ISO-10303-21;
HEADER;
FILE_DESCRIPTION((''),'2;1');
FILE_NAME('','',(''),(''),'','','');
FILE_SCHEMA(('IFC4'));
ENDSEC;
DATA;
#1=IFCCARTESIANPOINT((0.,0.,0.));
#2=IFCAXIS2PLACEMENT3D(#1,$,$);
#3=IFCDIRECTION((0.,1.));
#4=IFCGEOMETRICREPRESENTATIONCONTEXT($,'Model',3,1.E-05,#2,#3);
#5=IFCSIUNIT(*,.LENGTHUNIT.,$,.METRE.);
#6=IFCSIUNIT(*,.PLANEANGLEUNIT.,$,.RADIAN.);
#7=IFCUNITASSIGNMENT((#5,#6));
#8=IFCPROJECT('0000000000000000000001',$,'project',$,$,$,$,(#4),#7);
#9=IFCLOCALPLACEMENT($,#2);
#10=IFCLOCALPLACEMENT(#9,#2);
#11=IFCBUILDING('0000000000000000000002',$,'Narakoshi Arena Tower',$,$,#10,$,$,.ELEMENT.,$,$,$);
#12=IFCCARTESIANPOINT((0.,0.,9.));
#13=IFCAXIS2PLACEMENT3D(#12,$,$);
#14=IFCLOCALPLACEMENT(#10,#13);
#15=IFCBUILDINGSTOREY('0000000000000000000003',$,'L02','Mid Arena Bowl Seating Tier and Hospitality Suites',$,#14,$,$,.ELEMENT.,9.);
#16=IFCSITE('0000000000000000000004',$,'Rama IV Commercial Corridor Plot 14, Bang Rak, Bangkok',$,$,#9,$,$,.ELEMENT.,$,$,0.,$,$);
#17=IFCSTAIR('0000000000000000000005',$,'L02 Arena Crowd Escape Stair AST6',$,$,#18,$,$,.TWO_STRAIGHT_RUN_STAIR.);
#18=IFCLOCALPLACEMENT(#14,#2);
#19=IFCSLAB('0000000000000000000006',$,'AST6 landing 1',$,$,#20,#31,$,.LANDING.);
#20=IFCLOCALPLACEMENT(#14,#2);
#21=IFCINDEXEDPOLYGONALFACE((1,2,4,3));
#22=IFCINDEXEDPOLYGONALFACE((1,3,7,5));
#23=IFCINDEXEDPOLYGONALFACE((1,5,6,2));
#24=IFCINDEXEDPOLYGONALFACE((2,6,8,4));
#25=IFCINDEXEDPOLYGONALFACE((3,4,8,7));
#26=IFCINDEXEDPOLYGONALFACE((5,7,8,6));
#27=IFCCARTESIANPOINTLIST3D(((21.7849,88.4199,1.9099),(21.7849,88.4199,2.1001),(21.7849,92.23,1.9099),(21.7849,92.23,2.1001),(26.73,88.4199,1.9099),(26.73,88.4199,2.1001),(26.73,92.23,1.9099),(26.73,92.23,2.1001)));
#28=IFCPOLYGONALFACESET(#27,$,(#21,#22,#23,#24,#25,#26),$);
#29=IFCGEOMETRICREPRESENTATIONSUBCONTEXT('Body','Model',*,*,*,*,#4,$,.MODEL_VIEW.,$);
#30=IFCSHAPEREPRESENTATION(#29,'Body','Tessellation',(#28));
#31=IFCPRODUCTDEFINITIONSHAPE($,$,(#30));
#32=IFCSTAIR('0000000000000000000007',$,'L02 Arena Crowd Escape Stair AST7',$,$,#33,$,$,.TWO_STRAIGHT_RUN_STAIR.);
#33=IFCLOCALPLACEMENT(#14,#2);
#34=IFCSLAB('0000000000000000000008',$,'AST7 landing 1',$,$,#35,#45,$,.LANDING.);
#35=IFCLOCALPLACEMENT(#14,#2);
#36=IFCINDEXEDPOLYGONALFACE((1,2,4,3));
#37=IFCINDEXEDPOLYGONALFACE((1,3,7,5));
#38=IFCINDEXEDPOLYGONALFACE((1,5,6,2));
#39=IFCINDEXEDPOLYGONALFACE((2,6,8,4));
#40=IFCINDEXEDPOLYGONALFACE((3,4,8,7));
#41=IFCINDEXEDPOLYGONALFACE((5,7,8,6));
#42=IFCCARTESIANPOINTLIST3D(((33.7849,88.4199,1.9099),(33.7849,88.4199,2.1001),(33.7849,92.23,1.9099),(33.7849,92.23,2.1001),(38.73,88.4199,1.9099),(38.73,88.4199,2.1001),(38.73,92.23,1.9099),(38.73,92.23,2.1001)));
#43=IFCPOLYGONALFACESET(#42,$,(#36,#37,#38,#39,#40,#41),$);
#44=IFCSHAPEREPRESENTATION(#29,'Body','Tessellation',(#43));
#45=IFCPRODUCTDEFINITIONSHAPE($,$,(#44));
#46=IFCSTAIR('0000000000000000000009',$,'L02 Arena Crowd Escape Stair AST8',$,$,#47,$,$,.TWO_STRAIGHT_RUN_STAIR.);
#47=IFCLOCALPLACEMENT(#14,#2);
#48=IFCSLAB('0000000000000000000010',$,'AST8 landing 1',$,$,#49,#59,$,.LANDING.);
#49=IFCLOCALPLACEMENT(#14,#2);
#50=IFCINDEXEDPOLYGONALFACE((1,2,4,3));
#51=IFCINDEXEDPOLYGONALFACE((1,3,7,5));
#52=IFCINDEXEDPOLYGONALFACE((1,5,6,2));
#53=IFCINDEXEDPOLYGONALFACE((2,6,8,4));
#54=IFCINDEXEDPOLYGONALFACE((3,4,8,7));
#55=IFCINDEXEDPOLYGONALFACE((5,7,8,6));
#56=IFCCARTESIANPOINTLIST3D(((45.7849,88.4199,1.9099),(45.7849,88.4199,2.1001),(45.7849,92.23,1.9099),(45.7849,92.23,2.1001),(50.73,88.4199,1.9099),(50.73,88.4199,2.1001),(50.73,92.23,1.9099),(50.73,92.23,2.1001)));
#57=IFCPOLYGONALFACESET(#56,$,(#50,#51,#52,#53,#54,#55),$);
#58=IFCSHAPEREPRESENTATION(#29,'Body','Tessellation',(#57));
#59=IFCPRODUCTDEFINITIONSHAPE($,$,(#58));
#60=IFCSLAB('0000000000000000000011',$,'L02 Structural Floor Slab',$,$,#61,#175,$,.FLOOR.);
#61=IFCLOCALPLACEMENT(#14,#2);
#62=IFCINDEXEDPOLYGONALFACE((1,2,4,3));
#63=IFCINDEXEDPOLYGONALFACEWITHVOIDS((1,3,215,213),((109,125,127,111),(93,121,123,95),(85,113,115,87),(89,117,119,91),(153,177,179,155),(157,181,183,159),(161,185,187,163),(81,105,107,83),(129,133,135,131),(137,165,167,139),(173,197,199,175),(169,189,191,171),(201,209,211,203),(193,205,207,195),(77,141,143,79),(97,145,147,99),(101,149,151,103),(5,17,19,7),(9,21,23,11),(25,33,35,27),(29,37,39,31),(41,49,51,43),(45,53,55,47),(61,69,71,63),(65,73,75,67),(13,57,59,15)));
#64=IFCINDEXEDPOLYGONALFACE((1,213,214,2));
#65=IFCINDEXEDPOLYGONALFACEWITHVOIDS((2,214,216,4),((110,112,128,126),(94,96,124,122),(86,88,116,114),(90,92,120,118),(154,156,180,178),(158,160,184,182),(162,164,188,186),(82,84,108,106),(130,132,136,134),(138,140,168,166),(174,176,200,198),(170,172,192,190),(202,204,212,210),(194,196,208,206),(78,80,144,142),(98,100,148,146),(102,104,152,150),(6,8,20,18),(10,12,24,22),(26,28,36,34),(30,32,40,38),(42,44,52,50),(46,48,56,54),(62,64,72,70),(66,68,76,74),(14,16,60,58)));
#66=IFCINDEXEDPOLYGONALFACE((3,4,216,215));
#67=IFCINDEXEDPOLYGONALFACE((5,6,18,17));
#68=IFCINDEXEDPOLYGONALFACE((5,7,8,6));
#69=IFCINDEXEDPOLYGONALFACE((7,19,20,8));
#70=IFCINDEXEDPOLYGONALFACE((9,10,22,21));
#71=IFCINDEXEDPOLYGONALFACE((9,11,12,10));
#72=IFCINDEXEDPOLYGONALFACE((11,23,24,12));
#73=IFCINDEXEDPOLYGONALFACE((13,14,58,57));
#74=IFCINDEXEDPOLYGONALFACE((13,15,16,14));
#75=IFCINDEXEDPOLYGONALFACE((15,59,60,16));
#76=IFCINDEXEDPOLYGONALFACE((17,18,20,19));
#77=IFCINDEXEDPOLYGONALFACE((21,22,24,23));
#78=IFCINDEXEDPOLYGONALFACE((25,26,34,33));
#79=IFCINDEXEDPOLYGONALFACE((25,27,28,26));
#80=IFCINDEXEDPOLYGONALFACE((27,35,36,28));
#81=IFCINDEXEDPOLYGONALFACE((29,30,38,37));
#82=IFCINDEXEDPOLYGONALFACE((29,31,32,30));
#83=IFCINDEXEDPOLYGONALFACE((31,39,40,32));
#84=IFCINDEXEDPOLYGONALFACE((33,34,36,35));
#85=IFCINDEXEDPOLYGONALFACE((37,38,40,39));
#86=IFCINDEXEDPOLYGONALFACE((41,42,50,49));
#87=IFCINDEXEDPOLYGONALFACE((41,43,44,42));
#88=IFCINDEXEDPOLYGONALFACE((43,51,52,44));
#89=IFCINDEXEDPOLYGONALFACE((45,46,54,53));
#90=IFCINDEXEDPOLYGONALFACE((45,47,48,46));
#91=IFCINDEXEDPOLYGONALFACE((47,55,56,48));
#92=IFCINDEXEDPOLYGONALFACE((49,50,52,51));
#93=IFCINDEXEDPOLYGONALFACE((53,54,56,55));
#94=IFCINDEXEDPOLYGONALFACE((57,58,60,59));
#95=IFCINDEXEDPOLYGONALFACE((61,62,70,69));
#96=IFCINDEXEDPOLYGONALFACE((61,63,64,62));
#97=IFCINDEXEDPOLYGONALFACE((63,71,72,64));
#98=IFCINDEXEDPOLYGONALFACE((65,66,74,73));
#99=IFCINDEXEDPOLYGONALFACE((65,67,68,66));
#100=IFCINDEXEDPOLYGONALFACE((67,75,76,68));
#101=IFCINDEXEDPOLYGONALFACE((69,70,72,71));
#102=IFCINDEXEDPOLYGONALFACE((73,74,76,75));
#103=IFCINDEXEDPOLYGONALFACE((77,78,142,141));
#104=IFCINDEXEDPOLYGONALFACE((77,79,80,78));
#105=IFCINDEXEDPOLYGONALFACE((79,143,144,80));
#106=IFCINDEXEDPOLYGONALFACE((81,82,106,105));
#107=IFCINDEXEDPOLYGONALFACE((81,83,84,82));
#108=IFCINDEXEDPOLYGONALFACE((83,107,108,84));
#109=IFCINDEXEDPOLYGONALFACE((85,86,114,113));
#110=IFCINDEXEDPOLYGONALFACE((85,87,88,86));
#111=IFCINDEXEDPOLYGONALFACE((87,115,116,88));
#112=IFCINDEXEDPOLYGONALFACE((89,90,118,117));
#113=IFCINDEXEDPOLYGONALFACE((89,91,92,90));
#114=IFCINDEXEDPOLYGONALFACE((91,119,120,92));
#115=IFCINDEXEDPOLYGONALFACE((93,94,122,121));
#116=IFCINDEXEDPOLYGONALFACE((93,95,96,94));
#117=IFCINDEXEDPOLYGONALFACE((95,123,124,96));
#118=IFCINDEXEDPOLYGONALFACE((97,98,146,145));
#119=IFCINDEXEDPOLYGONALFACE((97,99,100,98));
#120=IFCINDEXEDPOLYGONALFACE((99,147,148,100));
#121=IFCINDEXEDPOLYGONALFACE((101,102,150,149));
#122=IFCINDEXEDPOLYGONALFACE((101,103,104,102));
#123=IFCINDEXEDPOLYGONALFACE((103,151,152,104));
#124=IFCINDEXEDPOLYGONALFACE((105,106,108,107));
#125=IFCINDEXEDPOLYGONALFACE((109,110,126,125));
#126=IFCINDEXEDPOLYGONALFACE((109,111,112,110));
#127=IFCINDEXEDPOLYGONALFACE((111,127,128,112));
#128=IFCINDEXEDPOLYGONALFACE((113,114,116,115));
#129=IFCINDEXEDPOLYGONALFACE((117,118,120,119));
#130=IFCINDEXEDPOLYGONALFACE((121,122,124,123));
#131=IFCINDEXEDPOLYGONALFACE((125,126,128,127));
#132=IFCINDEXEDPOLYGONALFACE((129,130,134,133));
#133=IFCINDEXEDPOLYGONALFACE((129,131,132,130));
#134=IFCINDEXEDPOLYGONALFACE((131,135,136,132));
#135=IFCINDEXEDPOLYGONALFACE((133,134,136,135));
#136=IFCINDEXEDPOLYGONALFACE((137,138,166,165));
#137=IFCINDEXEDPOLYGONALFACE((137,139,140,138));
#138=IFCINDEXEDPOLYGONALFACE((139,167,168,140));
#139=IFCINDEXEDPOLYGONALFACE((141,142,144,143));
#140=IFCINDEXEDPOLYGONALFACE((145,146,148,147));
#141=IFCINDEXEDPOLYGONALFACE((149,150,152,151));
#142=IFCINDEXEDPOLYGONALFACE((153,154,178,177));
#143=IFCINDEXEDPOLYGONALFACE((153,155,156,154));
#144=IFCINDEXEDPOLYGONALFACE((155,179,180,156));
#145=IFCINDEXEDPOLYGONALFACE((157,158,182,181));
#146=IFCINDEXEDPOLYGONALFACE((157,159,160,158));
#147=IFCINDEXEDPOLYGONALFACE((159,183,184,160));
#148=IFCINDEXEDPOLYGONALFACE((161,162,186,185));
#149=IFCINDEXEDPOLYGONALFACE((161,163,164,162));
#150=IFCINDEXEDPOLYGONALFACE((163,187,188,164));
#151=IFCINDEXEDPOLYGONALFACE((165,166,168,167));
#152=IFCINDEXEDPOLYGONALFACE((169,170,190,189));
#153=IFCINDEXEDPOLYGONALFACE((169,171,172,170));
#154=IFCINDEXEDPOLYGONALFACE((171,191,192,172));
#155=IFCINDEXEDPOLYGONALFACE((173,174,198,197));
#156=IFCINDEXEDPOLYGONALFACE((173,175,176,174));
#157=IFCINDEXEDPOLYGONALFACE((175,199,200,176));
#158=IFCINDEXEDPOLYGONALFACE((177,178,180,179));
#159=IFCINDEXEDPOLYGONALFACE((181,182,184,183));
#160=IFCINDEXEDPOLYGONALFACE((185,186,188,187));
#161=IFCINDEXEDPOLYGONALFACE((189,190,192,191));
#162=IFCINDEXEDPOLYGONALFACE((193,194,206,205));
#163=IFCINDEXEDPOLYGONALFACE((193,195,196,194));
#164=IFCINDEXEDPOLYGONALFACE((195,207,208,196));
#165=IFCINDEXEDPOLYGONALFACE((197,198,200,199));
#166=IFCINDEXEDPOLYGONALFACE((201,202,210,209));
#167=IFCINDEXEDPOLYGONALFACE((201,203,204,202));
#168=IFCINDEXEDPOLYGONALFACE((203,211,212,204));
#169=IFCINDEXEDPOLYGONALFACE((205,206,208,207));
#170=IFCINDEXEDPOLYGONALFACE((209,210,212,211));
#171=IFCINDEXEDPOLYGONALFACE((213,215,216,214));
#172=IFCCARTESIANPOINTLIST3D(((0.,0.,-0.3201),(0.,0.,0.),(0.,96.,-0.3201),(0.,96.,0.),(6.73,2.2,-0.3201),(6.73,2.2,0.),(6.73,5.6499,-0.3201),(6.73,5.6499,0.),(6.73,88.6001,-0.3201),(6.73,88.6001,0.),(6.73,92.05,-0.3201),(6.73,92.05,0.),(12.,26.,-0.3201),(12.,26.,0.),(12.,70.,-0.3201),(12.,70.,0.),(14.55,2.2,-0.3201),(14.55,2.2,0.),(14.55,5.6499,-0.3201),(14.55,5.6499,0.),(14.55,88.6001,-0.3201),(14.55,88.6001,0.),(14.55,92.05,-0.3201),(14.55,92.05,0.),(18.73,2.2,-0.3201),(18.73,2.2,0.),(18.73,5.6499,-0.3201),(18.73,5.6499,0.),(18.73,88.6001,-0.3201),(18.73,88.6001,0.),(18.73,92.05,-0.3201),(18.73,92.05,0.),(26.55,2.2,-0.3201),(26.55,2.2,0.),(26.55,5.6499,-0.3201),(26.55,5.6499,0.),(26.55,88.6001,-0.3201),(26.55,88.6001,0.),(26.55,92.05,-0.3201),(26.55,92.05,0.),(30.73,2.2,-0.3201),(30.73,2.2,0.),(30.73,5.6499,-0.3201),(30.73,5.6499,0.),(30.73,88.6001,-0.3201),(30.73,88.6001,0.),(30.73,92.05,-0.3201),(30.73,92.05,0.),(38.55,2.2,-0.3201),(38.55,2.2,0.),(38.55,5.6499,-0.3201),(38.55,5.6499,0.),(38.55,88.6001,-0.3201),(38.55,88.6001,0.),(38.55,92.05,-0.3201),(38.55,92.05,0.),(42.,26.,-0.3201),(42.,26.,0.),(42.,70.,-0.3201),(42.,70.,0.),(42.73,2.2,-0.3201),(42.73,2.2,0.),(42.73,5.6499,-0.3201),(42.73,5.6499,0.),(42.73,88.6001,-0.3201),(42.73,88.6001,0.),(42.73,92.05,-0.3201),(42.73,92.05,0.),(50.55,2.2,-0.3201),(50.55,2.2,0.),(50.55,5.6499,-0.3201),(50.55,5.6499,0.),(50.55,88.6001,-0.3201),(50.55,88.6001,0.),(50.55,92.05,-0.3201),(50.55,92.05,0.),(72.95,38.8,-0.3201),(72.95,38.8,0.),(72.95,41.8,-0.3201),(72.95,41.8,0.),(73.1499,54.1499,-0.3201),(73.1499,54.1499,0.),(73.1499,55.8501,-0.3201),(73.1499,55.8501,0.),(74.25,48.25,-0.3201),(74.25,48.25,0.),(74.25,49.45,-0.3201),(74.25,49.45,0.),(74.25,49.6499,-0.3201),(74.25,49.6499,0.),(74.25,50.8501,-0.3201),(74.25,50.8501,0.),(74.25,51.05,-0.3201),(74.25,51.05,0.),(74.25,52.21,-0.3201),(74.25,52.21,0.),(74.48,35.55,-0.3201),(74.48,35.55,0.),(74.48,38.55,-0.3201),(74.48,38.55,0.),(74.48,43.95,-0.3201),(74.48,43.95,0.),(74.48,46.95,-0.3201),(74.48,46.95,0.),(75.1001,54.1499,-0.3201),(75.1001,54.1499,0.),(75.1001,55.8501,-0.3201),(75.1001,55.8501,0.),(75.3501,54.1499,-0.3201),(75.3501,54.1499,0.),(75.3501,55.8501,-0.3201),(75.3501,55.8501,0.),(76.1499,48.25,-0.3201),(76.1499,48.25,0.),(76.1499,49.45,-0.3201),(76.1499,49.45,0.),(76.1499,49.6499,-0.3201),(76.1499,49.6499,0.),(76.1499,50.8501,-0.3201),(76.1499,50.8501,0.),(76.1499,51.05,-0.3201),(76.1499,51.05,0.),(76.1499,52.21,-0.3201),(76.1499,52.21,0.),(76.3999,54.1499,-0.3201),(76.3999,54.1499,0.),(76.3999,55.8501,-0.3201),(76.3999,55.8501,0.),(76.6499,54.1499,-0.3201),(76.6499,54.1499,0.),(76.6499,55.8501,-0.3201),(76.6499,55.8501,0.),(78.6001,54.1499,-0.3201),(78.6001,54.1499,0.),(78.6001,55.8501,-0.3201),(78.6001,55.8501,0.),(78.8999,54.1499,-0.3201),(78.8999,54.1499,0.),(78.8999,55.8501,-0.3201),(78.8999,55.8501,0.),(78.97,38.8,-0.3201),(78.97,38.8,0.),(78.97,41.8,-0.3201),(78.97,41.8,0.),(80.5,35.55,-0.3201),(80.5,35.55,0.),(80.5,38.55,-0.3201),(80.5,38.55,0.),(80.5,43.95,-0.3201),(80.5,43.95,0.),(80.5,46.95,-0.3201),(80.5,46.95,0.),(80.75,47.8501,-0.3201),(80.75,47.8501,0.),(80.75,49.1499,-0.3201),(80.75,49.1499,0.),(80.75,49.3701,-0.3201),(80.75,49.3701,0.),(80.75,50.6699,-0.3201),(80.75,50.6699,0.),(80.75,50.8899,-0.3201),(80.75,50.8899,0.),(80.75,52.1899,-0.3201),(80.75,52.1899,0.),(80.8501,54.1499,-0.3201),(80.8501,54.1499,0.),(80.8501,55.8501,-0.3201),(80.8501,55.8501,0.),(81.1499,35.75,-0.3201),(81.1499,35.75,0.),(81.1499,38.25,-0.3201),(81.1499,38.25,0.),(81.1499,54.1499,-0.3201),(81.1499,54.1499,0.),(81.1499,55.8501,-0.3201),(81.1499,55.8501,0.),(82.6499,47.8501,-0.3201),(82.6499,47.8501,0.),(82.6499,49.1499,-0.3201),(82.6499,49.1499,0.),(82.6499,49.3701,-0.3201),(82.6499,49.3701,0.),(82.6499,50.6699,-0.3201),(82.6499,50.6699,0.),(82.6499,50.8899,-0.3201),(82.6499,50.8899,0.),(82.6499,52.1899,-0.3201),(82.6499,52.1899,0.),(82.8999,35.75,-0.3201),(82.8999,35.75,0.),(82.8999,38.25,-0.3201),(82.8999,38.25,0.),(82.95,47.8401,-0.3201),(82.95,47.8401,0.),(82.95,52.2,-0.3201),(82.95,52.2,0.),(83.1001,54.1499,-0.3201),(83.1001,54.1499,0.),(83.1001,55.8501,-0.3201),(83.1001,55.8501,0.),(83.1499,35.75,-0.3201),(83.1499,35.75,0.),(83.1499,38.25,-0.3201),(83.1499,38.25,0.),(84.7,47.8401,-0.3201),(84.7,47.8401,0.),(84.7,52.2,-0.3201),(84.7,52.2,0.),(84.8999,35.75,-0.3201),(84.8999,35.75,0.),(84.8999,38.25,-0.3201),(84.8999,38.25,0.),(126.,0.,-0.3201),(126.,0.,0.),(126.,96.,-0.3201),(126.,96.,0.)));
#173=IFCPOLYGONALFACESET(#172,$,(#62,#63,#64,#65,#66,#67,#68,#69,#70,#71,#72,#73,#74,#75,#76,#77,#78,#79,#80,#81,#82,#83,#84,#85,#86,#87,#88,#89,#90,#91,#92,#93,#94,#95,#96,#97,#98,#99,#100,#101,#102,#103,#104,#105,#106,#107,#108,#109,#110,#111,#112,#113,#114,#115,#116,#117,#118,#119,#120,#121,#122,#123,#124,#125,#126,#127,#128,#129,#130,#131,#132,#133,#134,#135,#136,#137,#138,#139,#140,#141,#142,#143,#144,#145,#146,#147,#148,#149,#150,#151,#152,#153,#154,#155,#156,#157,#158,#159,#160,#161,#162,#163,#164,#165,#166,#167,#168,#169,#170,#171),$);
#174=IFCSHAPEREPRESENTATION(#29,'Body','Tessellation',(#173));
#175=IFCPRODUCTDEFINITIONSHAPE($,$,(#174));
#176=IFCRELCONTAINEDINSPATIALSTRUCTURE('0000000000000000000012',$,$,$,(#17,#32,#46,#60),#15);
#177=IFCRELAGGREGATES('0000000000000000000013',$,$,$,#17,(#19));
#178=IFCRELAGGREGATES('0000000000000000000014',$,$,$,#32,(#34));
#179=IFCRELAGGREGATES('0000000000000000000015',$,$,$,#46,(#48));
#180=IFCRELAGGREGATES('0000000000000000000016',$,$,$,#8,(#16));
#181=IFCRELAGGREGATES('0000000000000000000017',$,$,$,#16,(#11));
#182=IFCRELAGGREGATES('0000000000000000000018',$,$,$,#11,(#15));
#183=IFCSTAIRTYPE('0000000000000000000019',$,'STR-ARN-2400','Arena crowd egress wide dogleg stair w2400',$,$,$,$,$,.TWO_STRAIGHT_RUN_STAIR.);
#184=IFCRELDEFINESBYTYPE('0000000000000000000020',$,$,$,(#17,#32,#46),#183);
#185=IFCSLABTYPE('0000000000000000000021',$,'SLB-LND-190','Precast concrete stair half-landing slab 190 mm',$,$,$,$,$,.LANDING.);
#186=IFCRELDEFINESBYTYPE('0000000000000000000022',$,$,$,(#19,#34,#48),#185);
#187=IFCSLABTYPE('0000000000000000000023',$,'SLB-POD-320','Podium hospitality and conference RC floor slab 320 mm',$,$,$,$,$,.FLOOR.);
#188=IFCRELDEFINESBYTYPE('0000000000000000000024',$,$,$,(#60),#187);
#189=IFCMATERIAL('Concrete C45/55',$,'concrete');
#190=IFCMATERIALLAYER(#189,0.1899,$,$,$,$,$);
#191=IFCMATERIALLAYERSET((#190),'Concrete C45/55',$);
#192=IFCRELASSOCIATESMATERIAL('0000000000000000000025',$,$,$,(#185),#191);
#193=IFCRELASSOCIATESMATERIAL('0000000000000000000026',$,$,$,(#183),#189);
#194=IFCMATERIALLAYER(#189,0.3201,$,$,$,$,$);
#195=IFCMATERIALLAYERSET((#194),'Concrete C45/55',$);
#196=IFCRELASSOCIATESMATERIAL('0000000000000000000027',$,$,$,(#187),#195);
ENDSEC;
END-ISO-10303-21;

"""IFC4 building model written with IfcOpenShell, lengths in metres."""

from ifc_helpers import new_model, si_unit, direction, frame, origin, place, context, subcontext, project, spatial, polyline, outline, extrude, material, layer, layer_set, type_object, element, aggregate, save


model = new_model("IFC4")

# Units and contexts
model_context = context("Model", 3, precision=1e-05, world=origin(), true_north=direction((0.0, 1.0)))
body_context = subcontext(model_context, "Body", "Model", "MODEL_VIEW")
ifc_project = project(units=[si_unit("LENGTHUNIT", "METRE"), si_unit("PLANEANGLEUNIT", "RADIAN")], contexts=[model_context])

# Site, building, storey
site_placement = place(None, origin())
site = spatial("IfcSite", under=ifc_project, at=site_placement, Name="Rama IV Commercial Corridor Plot 14, Bang Rak, Bangkok", CompositionType="ELEMENT", RefElevation=0.0)
building_placement = place(site_placement, origin())
building = spatial("IfcBuilding", under=site, at=building_placement, Name="Narakoshi Arena Tower", CompositionType="ELEMENT")
storey_placement = place(building_placement, frame((0.0, 0.0, 9.0)))
storey = spatial("IfcBuildingStorey", under=building, at=storey_placement, Name="L02", Description="Mid Arena Bowl Seating Tier and Hospitality Suites", CompositionType="ELEMENT", Elevation=9.0)

# Stairs, slabs
ifc_material_1 = material(Name="Concrete C45/55", Category="concrete")
ifc_layer_1 = layer(ifc_material_1, 0.1899)
ifc_layer_set_1 = layer_set([ifc_layer_1], Name="Concrete C45/55")
slab_type_1 = type_object("IfcSlabType", Name="SLB-LND-190", Description="Precast concrete stair half-landing slab 190 mm", PredefinedType="LANDING", material=ifc_layer_set_1)
stair_type_1 = type_object("IfcStairType", Name="STR-ARN-2400", Description="Arena crowd egress wide dogleg stair w2400", PredefinedType="TWO_STRAIGHT_RUN_STAIR", material=ifc_material_1)
stair_1_placement = place(storey_placement, origin())
stair_1 = element("IfcStair", 1, at=stair_1_placement, inside=storey, type_object=stair_type_1, Name="L02 Arena Crowd Escape Stair AST6", PredefinedType="TWO_STRAIGHT_RUN_STAIR")
slab_1_placement = place(storey_placement, frame((0.0, 0.0, 1.9099)))
slab_1 = element("IfcSlab", 2, at=slab_1_placement, type_object=slab_type_1, Name="AST6 landing 1", PredefinedType="LANDING", context=body_context, shape_type="SweptSolid", body=[
    extrude(outline(polyline([(21.7849, 88.4199), (26.73, 88.4199), (26.73, 92.23), (21.7849, 92.23), (21.7849, 88.4199)])), origin(), (0.0, 0.0, 1.0), 0.1902),
])
aggregate(stair_1, [slab_1])
stair_2_placement = place(storey_placement, origin())
stair_2 = element("IfcStair", 3, at=stair_2_placement, inside=storey, type_object=stair_type_1, Name="L02 Arena Crowd Escape Stair AST7", PredefinedType="TWO_STRAIGHT_RUN_STAIR")
slab_2_placement = place(storey_placement, frame((0.0, 0.0, 1.9099)))
slab_2 = element("IfcSlab", 4, at=slab_2_placement, type_object=slab_type_1, Name="AST7 landing 1", PredefinedType="LANDING", context=body_context, shape_type="SweptSolid", body=[
    extrude(outline(polyline([(33.7849, 88.4199), (38.73, 88.4199), (38.73, 92.23), (33.7849, 92.23), (33.7849, 88.4199)])), origin(), (0.0, 0.0, 1.0), 0.1902),
])
aggregate(stair_2, [slab_2])
stair_3_placement = place(storey_placement, origin())
stair_3 = element("IfcStair", 5, at=stair_3_placement, inside=storey, type_object=stair_type_1, Name="L02 Arena Crowd Escape Stair AST8", PredefinedType="TWO_STRAIGHT_RUN_STAIR")
slab_3_placement = place(storey_placement, frame((0.0, 0.0, 1.9099)))
slab_3 = element("IfcSlab", 6, at=slab_3_placement, type_object=slab_type_1, Name="AST8 landing 1", PredefinedType="LANDING", context=body_context, shape_type="SweptSolid", body=[
    extrude(outline(polyline([(45.7849, 88.4199), (50.73, 88.4199), (50.73, 92.23), (45.7849, 92.23), (45.7849, 88.4199)])), origin(), (0.0, 0.0, 1.0), 0.1902),
])
aggregate(stair_3, [slab_3])

# Slab
ifc_layer_2 = layer(ifc_material_1, 0.3201)
ifc_layer_set_2 = layer_set([ifc_layer_2], Name="Concrete C45/55")
slab_type_2 = type_object("IfcSlabType", Name="SLB-POD-320", Description="Podium hospitality and conference RC floor slab 320 mm", PredefinedType="FLOOR", material=ifc_layer_set_2)
slab_4_placement = place(storey_placement, frame((0.0, 0.0, -0.3201)))
element("IfcSlab", 7, at=slab_4_placement, inside=storey, type_object=slab_type_2, Name="L02 Structural Floor Slab", PredefinedType="FLOOR", context=body_context, shape_type="SweptSolid", body=[
    extrude(outline(polyline([(0.0, 0.0), (126.0, 0.0), (126.0, 96.0), (0.0, 96.0), (0.0, 0.0)]), holes=[polyline([(6.73, 2.2), (6.73, 5.6499), (14.55, 5.6499), (14.55, 2.2), (6.73, 2.2)]), polyline([(18.73, 5.6499), (26.55, 5.6499), (26.55, 2.2), (18.73, 2.2), (18.73, 5.6499)]), polyline([(30.73, 5.6499), (38.55, 5.6499), (38.55, 2.2), (30.73, 2.2), (30.73, 5.6499)]), polyline([(42.73, 2.2), (42.73, 5.6499), (50.55, 5.6499), (50.55, 2.2), (42.73, 2.2)]), polyline([(12.0, 70.0), (42.0, 70.0), (42.0, 26.0), (12.0, 26.0), (12.0, 70.0)]), polyline([(74.48, 38.55), (80.5, 38.55), (80.5, 35.55), (74.48, 35.55), (74.48, 38.55)]), polyline([(81.1499, 35.75), (81.1499, 38.25), (82.8999, 38.25), (82.8999, 35.75), (81.1499, 35.75)]), polyline([(83.1499, 38.25), (84.8999, 38.25), (84.8999, 35.75), (83.1499, 35.75), (83.1499, 38.25)]), polyline([(72.95, 38.8), (72.95, 41.8), (78.97, 41.8), (78.97, 38.8), (72.95, 38.8)]), polyline([(74.48, 46.95), (80.5, 46.95), (80.5, 43.95), (74.48, 43.95), (74.48, 46.95)]), polyline([(82.95, 52.2), (84.7, 52.2), (84.7, 47.8401), (82.95, 47.8401), (82.95, 52.2)]), polyline([(80.75, 49.1499), (82.6499, 49.1499), (82.6499, 47.8501), (80.75, 47.8501), (80.75, 49.1499)]), polyline([(74.25, 49.45), (76.1499, 49.45), (76.1499, 48.25), (74.25, 48.25), (74.25, 49.45)]), polyline([(80.75, 49.3701), (80.75, 50.6699), (82.6499, 50.6699), (82.6499, 49.3701), (80.75, 49.3701)]), polyline([(74.25, 49.6499), (74.25, 50.8501), (76.1499, 50.8501), (76.1499, 49.6499), (74.25, 49.6499)]), polyline([(80.75, 52.1899), (82.6499, 52.1899), (82.6499, 50.8899), (80.75, 50.8899), (80.75, 52.1899)]), polyline([(74.25, 52.21), (76.1499, 52.21), (76.1499, 51.05), (74.25, 51.05), (74.25, 52.21)]), polyline([(73.1499, 55.8501), (75.1001, 55.8501), (75.1001, 54.1499), (73.1499, 54.1499), (73.1499, 55.8501)]), polyline([(75.3501, 55.8501), (76.3999, 55.8501), (76.3999, 54.1499), (75.3501, 54.1499), (75.3501, 55.8501)]), polyline([(76.6499, 55.8501), (78.6001, 55.8501), (78.6001, 54.1499), (76.6499, 54.1499), (76.6499, 55.8501)]), polyline([(78.8999, 55.8501), (80.8501, 55.8501), (80.8501, 54.1499), (78.8999, 54.1499), (78.8999, 55.8501)]), polyline([(81.1499, 55.8501), (83.1001, 55.8501), (83.1001, 54.1499), (81.1499, 54.1499), (81.1499, 55.8501)]), polyline([(6.73, 92.05), (14.55, 92.05), (14.55, 88.6001), (6.73, 88.6001), (6.73, 92.05)]), polyline([(18.73, 92.05), (26.55, 92.05), (26.55, 88.6001), (18.73, 88.6001), (18.73, 92.05)]), polyline([(30.73, 92.05), (38.55, 92.05), (38.55, 88.6001), (30.73, 88.6001), (30.73, 92.05)]), polyline([(42.73, 92.05), (50.55, 92.05), (50.55, 88.6001), (42.73, 88.6001), (42.73, 92.05)])]), origin(), (0.0, 0.0, 1.0), 0.3201),
])

save(model, "model.ifc")
